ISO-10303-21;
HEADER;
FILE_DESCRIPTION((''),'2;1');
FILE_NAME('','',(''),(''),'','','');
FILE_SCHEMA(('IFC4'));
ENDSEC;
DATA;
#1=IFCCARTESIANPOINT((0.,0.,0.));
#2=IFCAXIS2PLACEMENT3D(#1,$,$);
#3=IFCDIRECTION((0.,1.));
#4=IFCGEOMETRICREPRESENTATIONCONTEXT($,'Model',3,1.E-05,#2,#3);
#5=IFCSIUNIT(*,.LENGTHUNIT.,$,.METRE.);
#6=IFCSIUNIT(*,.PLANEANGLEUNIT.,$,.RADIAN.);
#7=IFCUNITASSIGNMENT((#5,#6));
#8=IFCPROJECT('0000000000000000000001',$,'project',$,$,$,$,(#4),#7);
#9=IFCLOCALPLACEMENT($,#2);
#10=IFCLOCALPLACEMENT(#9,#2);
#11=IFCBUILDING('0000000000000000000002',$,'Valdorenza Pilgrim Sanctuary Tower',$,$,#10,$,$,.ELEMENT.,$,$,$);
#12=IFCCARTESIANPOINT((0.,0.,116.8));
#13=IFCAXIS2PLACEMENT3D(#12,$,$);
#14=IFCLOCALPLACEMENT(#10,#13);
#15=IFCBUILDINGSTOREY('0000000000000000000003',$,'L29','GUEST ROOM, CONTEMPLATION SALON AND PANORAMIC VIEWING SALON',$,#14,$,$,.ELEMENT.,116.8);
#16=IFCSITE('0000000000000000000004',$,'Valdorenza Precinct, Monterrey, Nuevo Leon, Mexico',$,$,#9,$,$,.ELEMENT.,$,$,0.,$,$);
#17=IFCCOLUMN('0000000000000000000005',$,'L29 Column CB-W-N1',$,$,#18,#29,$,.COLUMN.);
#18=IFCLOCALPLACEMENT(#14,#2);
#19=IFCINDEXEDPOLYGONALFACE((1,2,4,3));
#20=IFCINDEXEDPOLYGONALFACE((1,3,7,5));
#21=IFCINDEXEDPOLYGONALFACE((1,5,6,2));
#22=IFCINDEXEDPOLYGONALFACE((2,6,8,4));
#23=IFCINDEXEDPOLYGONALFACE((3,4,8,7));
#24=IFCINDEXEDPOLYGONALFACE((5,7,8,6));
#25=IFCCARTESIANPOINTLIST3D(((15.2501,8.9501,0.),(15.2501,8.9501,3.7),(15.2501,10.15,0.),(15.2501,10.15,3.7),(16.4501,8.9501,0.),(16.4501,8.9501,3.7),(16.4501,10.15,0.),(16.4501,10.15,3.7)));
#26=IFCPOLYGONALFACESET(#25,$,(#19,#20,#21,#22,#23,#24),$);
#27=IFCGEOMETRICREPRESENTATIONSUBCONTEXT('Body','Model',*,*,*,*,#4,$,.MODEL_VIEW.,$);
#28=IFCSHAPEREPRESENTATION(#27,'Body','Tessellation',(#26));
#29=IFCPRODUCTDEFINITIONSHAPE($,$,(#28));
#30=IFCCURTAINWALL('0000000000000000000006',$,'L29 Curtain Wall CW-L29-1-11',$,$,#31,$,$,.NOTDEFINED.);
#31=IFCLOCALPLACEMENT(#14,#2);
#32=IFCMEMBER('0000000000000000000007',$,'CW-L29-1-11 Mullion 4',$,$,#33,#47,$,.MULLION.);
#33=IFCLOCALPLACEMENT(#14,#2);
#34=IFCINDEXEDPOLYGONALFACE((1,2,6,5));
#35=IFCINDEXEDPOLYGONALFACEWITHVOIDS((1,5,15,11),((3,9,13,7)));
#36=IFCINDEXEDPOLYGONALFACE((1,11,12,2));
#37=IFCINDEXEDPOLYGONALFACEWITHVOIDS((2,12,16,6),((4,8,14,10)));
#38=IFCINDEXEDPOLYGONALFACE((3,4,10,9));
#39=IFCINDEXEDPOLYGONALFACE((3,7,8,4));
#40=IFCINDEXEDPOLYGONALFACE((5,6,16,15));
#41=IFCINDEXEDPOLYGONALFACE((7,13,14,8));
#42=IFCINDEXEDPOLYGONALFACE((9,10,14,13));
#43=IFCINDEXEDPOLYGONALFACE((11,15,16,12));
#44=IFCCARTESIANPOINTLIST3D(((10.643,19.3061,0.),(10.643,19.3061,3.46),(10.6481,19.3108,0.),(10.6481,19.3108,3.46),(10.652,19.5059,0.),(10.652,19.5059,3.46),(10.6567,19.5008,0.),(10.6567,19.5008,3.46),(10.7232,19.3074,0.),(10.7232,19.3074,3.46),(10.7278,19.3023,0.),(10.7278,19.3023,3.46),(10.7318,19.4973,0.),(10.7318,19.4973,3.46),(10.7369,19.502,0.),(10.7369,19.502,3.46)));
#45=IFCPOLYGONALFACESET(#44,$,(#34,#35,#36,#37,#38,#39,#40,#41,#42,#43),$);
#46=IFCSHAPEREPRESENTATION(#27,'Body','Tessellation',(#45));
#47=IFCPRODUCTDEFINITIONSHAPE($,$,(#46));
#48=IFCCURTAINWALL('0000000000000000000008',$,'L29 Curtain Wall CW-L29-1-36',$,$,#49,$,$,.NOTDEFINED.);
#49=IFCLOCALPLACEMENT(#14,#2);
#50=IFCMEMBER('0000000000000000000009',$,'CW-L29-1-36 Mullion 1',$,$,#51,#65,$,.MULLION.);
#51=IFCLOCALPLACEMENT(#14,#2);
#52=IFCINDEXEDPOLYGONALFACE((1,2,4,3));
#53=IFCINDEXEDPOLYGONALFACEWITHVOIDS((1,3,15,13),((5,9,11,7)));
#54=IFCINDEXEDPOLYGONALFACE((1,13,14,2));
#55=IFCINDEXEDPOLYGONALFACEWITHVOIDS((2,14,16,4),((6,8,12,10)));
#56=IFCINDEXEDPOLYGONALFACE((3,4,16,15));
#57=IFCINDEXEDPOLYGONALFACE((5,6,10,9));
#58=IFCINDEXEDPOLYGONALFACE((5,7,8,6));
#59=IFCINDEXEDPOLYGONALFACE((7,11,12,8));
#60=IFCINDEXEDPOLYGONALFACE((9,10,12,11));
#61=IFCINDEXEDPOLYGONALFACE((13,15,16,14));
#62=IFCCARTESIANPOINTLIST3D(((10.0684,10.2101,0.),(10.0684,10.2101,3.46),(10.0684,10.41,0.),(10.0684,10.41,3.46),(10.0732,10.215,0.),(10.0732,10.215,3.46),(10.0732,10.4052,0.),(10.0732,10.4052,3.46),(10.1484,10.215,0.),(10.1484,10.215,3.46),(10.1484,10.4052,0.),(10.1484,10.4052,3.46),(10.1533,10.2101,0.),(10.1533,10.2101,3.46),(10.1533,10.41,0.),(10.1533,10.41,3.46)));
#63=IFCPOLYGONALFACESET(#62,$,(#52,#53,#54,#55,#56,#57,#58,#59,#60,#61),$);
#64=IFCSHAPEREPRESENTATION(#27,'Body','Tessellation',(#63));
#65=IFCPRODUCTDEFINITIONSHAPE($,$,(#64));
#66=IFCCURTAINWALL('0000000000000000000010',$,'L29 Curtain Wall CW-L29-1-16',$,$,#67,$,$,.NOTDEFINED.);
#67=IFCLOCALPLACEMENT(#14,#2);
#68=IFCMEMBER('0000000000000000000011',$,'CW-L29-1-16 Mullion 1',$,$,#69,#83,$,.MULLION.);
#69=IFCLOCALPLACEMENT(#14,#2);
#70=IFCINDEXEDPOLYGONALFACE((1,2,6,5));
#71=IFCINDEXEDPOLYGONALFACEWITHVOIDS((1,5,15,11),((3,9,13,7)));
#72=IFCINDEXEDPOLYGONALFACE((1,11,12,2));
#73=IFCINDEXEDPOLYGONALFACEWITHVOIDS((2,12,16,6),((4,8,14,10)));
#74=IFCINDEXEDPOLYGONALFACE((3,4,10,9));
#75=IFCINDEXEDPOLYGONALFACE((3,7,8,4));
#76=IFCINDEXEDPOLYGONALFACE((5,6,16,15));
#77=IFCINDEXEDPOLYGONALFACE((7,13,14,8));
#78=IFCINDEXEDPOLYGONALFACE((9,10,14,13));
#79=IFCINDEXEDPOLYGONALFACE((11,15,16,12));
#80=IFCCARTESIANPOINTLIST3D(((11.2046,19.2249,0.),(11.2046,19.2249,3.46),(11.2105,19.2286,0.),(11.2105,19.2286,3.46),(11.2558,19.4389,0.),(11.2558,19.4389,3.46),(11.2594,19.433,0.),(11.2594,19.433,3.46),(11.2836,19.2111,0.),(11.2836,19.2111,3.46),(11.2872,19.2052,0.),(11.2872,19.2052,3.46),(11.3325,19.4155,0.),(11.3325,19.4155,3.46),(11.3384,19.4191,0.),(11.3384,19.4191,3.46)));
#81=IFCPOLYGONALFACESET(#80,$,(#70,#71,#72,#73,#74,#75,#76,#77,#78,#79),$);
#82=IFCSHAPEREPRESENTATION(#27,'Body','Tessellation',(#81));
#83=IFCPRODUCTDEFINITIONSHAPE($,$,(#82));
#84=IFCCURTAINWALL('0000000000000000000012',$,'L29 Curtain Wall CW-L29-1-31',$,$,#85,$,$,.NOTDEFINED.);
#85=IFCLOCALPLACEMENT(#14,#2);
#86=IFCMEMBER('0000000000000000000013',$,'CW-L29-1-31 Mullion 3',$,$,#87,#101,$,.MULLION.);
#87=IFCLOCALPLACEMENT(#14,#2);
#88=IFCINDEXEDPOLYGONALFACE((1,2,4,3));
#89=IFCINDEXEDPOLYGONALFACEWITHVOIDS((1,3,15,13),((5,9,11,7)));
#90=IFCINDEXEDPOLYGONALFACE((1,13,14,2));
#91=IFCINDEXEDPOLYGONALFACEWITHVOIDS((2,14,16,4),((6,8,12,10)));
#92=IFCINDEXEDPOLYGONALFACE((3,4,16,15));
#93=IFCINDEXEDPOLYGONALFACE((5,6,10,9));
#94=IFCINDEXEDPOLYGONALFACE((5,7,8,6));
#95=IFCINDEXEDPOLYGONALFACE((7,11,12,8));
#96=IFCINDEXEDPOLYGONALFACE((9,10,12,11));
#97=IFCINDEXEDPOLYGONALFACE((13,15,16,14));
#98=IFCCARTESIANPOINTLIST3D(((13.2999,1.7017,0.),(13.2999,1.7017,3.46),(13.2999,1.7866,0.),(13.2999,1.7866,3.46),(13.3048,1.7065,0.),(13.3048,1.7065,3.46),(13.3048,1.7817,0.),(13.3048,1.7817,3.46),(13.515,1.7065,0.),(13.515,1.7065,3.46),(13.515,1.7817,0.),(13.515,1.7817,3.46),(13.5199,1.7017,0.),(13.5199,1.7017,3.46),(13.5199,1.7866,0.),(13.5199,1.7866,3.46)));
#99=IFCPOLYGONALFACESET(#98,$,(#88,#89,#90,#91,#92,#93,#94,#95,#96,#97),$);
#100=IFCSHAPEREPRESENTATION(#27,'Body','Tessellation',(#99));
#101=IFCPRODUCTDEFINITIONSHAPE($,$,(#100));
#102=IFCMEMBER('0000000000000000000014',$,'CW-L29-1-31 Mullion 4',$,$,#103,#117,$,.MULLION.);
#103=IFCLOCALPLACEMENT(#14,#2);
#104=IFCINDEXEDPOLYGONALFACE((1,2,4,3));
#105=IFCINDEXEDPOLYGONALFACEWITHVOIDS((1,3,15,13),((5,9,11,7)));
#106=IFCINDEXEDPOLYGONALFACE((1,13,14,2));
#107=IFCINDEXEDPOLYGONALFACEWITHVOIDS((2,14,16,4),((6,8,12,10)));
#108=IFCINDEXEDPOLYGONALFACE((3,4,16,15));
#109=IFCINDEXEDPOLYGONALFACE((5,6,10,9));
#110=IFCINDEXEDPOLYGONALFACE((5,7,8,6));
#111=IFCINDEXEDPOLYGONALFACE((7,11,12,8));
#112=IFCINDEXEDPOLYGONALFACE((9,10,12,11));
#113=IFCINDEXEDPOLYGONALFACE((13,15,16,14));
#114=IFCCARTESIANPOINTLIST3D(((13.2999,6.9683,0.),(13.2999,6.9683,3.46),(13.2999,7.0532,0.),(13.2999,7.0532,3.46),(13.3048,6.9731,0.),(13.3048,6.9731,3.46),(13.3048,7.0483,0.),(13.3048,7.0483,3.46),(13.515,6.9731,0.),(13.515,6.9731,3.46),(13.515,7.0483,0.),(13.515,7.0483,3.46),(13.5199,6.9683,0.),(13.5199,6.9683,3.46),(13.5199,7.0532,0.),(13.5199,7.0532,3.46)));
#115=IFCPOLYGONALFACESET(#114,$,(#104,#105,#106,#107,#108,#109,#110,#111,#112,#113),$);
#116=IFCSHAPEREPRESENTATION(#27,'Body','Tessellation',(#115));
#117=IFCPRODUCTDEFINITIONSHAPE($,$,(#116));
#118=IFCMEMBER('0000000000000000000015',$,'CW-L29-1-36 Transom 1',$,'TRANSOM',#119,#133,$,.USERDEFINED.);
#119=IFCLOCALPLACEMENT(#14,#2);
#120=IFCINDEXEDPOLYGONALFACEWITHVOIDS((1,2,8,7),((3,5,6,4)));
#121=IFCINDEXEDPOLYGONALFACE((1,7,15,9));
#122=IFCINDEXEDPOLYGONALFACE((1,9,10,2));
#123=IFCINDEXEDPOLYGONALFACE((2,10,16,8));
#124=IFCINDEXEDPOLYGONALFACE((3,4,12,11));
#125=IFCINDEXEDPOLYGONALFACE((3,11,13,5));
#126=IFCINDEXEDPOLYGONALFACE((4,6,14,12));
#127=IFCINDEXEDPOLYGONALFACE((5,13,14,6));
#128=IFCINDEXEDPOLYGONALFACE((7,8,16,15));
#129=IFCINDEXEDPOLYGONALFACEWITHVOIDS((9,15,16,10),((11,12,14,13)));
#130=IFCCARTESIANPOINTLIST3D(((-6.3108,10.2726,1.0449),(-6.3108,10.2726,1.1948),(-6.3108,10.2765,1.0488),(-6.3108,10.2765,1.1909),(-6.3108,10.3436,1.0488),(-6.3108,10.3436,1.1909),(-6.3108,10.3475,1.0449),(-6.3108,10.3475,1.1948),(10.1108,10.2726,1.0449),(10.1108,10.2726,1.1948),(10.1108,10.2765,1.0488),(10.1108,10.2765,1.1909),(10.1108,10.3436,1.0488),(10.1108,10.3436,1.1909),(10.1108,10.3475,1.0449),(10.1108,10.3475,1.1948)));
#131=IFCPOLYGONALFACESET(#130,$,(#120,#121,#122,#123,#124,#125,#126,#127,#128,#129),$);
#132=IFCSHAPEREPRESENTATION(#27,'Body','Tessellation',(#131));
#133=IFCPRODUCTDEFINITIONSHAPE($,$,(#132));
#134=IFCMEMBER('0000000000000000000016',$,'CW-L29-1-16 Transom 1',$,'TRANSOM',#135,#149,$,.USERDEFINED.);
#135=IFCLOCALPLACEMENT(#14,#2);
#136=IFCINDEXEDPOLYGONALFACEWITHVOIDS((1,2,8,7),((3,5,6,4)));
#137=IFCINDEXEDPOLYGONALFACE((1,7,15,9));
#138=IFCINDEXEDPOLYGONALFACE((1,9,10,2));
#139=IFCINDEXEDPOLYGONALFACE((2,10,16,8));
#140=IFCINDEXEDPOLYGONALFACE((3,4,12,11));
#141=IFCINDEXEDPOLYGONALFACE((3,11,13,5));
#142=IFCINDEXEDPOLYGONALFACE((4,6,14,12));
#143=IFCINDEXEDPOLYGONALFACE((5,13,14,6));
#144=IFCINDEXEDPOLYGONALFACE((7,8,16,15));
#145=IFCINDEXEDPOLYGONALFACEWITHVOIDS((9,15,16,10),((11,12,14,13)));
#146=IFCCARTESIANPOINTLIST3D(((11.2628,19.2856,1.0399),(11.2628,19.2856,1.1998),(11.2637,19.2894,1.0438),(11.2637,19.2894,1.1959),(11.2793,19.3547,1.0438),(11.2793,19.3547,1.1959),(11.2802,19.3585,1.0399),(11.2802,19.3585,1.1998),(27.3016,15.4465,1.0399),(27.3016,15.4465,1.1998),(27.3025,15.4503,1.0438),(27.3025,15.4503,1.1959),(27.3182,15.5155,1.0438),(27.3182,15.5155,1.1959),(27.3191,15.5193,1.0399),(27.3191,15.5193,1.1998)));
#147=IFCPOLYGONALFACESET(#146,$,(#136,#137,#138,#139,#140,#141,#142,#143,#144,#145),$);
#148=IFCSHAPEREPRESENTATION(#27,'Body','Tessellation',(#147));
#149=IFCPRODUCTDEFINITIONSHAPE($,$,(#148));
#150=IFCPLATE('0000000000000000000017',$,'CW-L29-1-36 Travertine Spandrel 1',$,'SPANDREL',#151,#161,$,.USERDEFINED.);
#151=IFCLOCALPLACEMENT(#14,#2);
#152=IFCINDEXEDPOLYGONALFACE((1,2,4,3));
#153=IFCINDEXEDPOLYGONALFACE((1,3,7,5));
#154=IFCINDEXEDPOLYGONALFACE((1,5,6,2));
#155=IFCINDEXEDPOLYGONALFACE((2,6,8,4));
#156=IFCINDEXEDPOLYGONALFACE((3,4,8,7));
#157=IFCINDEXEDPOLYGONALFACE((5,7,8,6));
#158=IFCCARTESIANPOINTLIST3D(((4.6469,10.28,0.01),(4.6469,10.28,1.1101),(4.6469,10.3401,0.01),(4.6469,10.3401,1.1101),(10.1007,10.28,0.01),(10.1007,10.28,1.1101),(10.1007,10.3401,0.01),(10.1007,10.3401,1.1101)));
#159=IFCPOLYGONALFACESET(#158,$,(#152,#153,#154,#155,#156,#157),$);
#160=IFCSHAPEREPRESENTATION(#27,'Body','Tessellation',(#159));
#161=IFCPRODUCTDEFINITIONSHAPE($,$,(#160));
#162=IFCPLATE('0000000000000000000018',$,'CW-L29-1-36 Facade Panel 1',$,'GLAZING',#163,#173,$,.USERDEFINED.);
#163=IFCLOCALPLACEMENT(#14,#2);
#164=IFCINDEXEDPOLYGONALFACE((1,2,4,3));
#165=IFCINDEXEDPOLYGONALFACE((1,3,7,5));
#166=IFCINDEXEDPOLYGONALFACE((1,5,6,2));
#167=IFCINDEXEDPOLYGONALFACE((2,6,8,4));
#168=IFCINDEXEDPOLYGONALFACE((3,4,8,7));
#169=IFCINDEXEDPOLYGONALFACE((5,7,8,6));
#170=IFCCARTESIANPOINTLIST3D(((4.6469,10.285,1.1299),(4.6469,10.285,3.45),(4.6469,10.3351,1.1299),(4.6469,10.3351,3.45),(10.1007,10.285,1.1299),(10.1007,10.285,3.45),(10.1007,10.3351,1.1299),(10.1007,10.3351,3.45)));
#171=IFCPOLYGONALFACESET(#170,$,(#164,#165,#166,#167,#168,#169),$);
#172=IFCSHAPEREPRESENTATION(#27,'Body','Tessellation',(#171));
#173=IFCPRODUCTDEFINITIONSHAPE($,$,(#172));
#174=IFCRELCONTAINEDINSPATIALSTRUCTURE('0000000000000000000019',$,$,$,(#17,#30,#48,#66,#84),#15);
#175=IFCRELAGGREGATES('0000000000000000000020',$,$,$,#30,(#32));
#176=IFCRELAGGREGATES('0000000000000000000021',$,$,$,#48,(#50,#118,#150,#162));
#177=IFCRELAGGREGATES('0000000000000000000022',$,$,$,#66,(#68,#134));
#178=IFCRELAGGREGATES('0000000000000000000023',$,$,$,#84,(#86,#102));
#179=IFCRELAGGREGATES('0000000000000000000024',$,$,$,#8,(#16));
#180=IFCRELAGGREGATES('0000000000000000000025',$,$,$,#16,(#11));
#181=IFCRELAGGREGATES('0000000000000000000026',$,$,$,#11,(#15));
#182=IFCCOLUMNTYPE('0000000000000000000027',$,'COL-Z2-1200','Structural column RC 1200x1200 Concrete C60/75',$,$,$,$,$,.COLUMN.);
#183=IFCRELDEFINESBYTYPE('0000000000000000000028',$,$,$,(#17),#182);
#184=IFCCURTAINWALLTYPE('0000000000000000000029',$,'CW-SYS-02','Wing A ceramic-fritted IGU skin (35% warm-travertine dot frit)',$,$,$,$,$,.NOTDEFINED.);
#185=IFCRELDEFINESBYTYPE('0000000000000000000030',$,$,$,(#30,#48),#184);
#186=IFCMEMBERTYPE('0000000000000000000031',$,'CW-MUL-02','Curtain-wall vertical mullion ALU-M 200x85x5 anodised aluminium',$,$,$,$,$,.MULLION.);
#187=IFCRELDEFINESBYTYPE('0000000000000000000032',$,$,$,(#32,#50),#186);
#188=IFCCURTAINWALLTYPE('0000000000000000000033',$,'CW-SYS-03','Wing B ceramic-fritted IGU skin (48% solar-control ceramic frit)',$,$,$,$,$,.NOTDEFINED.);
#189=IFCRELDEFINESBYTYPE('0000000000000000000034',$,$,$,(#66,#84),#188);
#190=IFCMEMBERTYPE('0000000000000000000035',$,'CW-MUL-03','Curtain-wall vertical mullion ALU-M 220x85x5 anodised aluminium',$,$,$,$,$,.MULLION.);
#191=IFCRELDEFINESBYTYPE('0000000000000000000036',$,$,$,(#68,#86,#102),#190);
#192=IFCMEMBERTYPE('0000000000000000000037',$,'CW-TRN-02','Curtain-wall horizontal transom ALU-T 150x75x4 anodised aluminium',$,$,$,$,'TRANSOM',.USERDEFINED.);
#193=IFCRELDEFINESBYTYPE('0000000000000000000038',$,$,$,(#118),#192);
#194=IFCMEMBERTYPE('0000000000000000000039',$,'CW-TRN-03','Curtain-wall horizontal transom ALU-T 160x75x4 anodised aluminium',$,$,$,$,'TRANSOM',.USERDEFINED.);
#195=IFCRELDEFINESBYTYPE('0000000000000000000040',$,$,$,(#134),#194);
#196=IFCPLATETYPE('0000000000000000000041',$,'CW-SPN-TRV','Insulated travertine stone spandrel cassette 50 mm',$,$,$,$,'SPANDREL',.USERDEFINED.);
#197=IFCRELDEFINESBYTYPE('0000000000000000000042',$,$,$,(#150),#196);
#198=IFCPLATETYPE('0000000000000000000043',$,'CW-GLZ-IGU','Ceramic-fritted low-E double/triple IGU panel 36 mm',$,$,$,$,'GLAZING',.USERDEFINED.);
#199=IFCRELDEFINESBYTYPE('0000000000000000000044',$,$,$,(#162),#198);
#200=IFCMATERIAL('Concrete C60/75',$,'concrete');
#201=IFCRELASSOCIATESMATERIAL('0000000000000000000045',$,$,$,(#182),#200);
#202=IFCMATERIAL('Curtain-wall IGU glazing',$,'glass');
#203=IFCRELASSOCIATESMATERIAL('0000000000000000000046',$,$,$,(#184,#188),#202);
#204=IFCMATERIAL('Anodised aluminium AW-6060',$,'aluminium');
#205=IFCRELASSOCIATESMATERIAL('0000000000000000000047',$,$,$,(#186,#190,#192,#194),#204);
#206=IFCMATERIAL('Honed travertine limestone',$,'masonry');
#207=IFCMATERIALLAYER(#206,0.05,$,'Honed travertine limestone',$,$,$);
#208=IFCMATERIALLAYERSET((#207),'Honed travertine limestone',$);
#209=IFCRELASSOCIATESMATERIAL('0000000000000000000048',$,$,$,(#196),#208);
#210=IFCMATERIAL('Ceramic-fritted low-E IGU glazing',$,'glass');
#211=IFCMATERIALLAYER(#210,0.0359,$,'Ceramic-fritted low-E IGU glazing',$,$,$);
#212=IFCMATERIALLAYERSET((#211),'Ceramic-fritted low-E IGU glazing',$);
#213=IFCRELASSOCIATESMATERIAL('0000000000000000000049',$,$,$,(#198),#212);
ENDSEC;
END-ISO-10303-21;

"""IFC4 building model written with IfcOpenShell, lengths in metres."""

from ifc_helpers import new_model, si_unit, direction, frame, origin, origin_2d, place, context, subcontext, project, spatial, rectangle, hollow_rectangle, extrude, source, transform, mapped, material, layer, layer_set, material_profile, profile_set, type_object, element, aggregate, save


model = new_model("IFC4")

# Units and contexts
model_context = context("Model", 3, precision=1e-05, world=origin(), true_north=direction((0.0, 1.0)))
body_context = subcontext(model_context, "Body", "Model", "MODEL_VIEW")
ifc_project = project(units=[si_unit("LENGTHUNIT", "METRE"), si_unit("PLANEANGLEUNIT", "RADIAN")], contexts=[model_context])

# Site, building, storey
site_placement = place(None, origin())
site = spatial("IfcSite", under=ifc_project, at=site_placement, Name="Valdorenza Precinct, Monterrey, Nuevo Leon, Mexico", CompositionType="ELEMENT", RefElevation=0.0)
building_placement = place(site_placement, origin())
building = spatial("IfcBuilding", under=site, at=building_placement, Name="Valdorenza Pilgrim Sanctuary Tower", CompositionType="ELEMENT")
storey_placement = place(building_placement, frame((0.0, 0.0, 116.8)))
storey = spatial("IfcBuildingStorey", under=building, at=storey_placement, Name="L29", Description="GUEST ROOM, CONTEMPLATION SALON AND PANORAMIC VIEWING SALON", CompositionType="ELEMENT", Elevation=116.8)

# Column
ifc_material_1 = material(Name="Concrete C60/75", Category="concrete")
ifc_material_profile_1 = material_profile(ifc_material_1, rectangle(XDim=1.2, YDim=1.2, at=origin_2d()), Name="RC 1200x1200")
ifc_profile_set_1 = profile_set([ifc_material_profile_1], Name="Concrete C60/75")
column_type = type_object("IfcColumnType", Name="COL-Z2-1200", Description="Structural column RC 1200x1200 Concrete C60/75", PredefinedType="COLUMN", material=ifc_profile_set_1)
shared_shape_1 = source(origin(), body_context, "Body", "SweptSolid", [
    extrude(rectangle(XDim=1.2, YDim=1.2, at=origin_2d()), origin(), (0.0, 0.0, 1.0), 3.7),
])
column_placement = place(storey_placement, frame((15.8501, 9.55, 0.0), z_axis=(0.0, 0.0, 1.0), x_axis=(1.0, 0.0, 0.0)))
element("IfcColumn", 1, at=column_placement, inside=storey, type_object=column_type, Name="L29 Column CB-W-N1", PredefinedType="COLUMN", context=body_context, shape_type="MappedRepresentation", body=[
    mapped(shared_shape_1, transform((0.0, 0.0, 0.0), x_axis=(1.0, 0.0, 0.0), y_axis=(0.0, 1.0, 0.0), z_axis=(0.0, 0.0, 1.0), scale=1.0)),
])

# Curtain walls, members
ifc_material_2 = material(Name="Curtain-wall IGU glazing", Category="glass")
curtain_wall_type_1 = type_object("IfcCurtainWallType", Name="CW-SYS-02", Description="Wing A ceramic-fritted IGU skin (35% warm-travertine dot frit)", PredefinedType="NOTDEFINED", material=ifc_material_2)
curtain_wall_1_placement = place(storey_placement, origin())
curtain_wall_1 = element("IfcCurtainWall", 2, at=curtain_wall_1_placement, inside=storey, type_object=curtain_wall_type_1, Name="L29 Curtain Wall CW-L29-1-11", PredefinedType="NOTDEFINED")
ifc_material_3 = material(Name="Anodised aluminium AW-6060", Category="aluminium")
ifc_material_profile_2 = material_profile(ifc_material_3, hollow_rectangle(XDim=0.085, YDim=0.2, WallThickness=0.0049, at=origin_2d()), Name="ALU-M 200x85x5")
ifc_profile_set_2 = profile_set([ifc_material_profile_2], Name="Anodised aluminium AW-6060")
member_type_1 = type_object("IfcMemberType", Name="CW-MUL-02", Description="Curtain-wall vertical mullion ALU-M 200x85x5 anodised aluminium", PredefinedType="MULLION", material=ifc_profile_set_2)
shared_shape_2 = source(origin(), body_context, "Body", "SweptSolid", [
    extrude(hollow_rectangle(XDim=0.085, YDim=0.2, WallThickness=0.0049, at=origin_2d()), origin(), (0.0, 0.0, 1.0), 3.46),
])
member_1_placement = place(storey_placement, frame((10.6899, 19.4041, 0.0), z_axis=(0.0, 0.0, 1.0), x_axis=(0.998968, -0.045415, 0.0)))
member_1 = element("IfcMember", 3, at=member_1_placement, type_object=member_type_1, Name="CW-L29-1-11 Mullion 4", PredefinedType="MULLION", context=body_context, shape_type="MappedRepresentation", body=[
    mapped(shared_shape_2, transform((0.0, 0.0, 0.0), x_axis=(1.0, 0.0, 0.0), y_axis=(0.0, 1.0, 0.0), z_axis=(0.0, 0.0, 1.0), scale=1.0)),
])
aggregate(curtain_wall_1, [member_1])
curtain_wall_2_placement = place(storey_placement, origin())
curtain_wall_2 = element("IfcCurtainWall", 4, at=curtain_wall_2_placement, inside=storey, type_object=curtain_wall_type_1, Name="L29 Curtain Wall CW-L29-1-36", PredefinedType="NOTDEFINED")
member_2_placement = place(storey_placement, frame((10.1108, 10.3101, 0.0), z_axis=(0.0, 0.0, 1.0), x_axis=(-1.0, 0.0, 0.0)))
member_2 = element("IfcMember", 5, at=member_2_placement, type_object=member_type_1, Name="CW-L29-1-36 Mullion 1", PredefinedType="MULLION", context=body_context, shape_type="MappedRepresentation", body=[
    mapped(shared_shape_2, transform((0.0, 0.0, 0.0), x_axis=(1.0, 0.0, 0.0), y_axis=(0.0, 1.0, 0.0), z_axis=(0.0, 0.0, 1.0), scale=1.0)),
])
curtain_wall_type_2 = type_object("IfcCurtainWallType", Name="CW-SYS-03", Description="Wing B ceramic-fritted IGU skin (48% solar-control ceramic frit)", PredefinedType="NOTDEFINED", material=ifc_material_2)
curtain_wall_3_placement = place(storey_placement, origin())
curtain_wall_3 = element("IfcCurtainWall", 6, at=curtain_wall_3_placement, inside=storey, type_object=curtain_wall_type_2, Name="L29 Curtain Wall CW-L29-1-16", PredefinedType="NOTDEFINED")
ifc_material_profile_3 = material_profile(ifc_material_3, hollow_rectangle(XDim=0.085, YDim=0.22, WallThickness=0.0049, at=origin_2d()), Name="ALU-M 220x85x5")
ifc_profile_set_3 = profile_set([ifc_material_profile_3], Name="Anodised aluminium AW-6060")
member_type_2 = type_object("IfcMemberType", Name="CW-MUL-03", Description="Curtain-wall vertical mullion ALU-M 220x85x5 anodised aluminium", PredefinedType="MULLION", material=ifc_profile_set_3)
shared_shape_3 = source(origin(), body_context, "Body", "SweptSolid", [
    extrude(hollow_rectangle(XDim=0.085, YDim=0.22, WallThickness=0.0049, at=origin_2d()), origin(), (0.0, 0.0, 1.0), 3.46),
])
member_3_placement = place(storey_placement, frame((11.2715, 19.322, 0.0), z_axis=(0.0, 0.0, 1.0), x_axis=(0.972529, -0.232783, 0.0)))
member_3 = element("IfcMember", 7, at=member_3_placement, type_object=member_type_2, Name="CW-L29-1-16 Mullion 1", PredefinedType="MULLION", context=body_context, shape_type="MappedRepresentation", body=[
    mapped(shared_shape_3, transform((0.0, 0.0, 0.0), x_axis=(1.0, 0.0, 0.0), y_axis=(0.0, 1.0, 0.0), z_axis=(0.0, 0.0, 1.0), scale=1.0)),
])

# Curtain wall, members
curtain_wall_4_placement = place(storey_placement, origin())
curtain_wall_4 = element("IfcCurtainWall", 8, at=curtain_wall_4_placement, inside=storey, type_object=curtain_wall_type_2, Name="L29 Curtain Wall CW-L29-1-31", PredefinedType="NOTDEFINED")
member_4_placement = place(storey_placement, frame((13.4099, 1.7441, 0.0), z_axis=(0.0, 0.0, 1.0), x_axis=(0.0, 1.0, 0.0)))
member_4 = element("IfcMember", 9, at=member_4_placement, type_object=member_type_2, Name="CW-L29-1-31 Mullion 3", PredefinedType="MULLION", context=body_context, shape_type="MappedRepresentation", body=[
    mapped(shared_shape_3, transform((0.0, 0.0, 0.0), x_axis=(1.0, 0.0, 0.0), y_axis=(0.0, 1.0, 0.0), z_axis=(0.0, 0.0, 1.0), scale=1.0)),
])
member_5_placement = place(storey_placement, frame((13.4099, 7.0107, 0.0), z_axis=(0.0, 0.0, 1.0), x_axis=(0.0, 1.0, 0.0)))
member_5 = element("IfcMember", 10, at=member_5_placement, type_object=member_type_2, Name="CW-L29-1-31 Mullion 4", PredefinedType="MULLION", context=body_context, shape_type="MappedRepresentation", body=[
    mapped(shared_shape_3, transform((0.0, 0.0, 0.0), x_axis=(1.0, 0.0, 0.0), y_axis=(0.0, 1.0, 0.0), z_axis=(0.0, 0.0, 1.0), scale=1.0)),
])

# Members
ifc_material_profile_4 = material_profile(ifc_material_3, hollow_rectangle(XDim=0.075, YDim=0.1499, WallThickness=0.0039, at=origin_2d()), Name="ALU-T 150x75x4")
ifc_profile_set_4 = profile_set([ifc_material_profile_4], Name="Anodised aluminium AW-6060")
member_type_3 = type_object("IfcMemberType", Name="CW-TRN-02", Description="Curtain-wall horizontal transom ALU-T 150x75x4 anodised aluminium", ElementType="TRANSOM", PredefinedType="USERDEFINED", material=ifc_profile_set_4)
shared_shape_4 = source(origin(), body_context, "Body", "SweptSolid", [
    extrude(hollow_rectangle(XDim=0.075, YDim=0.1499, WallThickness=0.0039, at=origin_2d()), origin(), (0.0, 0.0, 1.0), 16.4216),
])
member_6_placement = place(storey_placement, frame((10.1108, 10.3101, 1.1199), z_axis=(-1.0, 0.0, 0.0), x_axis=(0.0, -1.0, 0.0)))
member_6 = element("IfcMember", 11, at=member_6_placement, type_object=member_type_3, Name="CW-L29-1-36 Transom 1", ObjectType="TRANSOM", PredefinedType="USERDEFINED", context=body_context, shape_type="MappedRepresentation", body=[
    mapped(shared_shape_4, transform((0.0, 0.0, 0.0), x_axis=(1.0, 0.0, 0.0), y_axis=(0.0, 1.0, 0.0), z_axis=(0.0, 0.0, 1.0), scale=1.0)),
])
ifc_material_profile_5 = material_profile(ifc_material_3, hollow_rectangle(XDim=0.075, YDim=0.1599, WallThickness=0.0039, at=origin_2d()), Name="ALU-T 160x75x4")
ifc_profile_set_5 = profile_set([ifc_material_profile_5], Name="Anodised aluminium AW-6060")
member_type_4 = type_object("IfcMemberType", Name="CW-TRN-03", Description="Curtain-wall horizontal transom ALU-T 160x75x4 anodised aluminium", ElementType="TRANSOM", PredefinedType="USERDEFINED", material=ifc_profile_set_5)
shared_shape_5 = source(origin(), body_context, "Body", "SweptSolid", [
    extrude(hollow_rectangle(XDim=0.075, YDim=0.1599, WallThickness=0.0039, at=origin_2d()), origin(), (0.0, 0.0, 1.0), 16.4919),
])
member_7_placement = place(storey_placement, frame((11.2715, 19.322, 1.1199), z_axis=(0.972528, -0.232788, 0.0), x_axis=(0.232788, 0.972528, 0.0)))
member_7 = element("IfcMember", 12, at=member_7_placement, type_object=member_type_4, Name="CW-L29-1-16 Transom 1", ObjectType="TRANSOM", PredefinedType="USERDEFINED", context=body_context, shape_type="MappedRepresentation", body=[
    mapped(shared_shape_5, transform((0.0, 0.0, 0.0), x_axis=(1.0, 0.0, 0.0), y_axis=(0.0, 1.0, 0.0), z_axis=(0.0, 0.0, 1.0), scale=1.0)),
])

# Plates
ifc_material_4 = material(Name="Honed travertine limestone", Category="masonry")
ifc_layer_1 = layer(ifc_material_4, 0.05, Name="Honed travertine limestone")
ifc_layer_set_1 = layer_set([ifc_layer_1], Name="Honed travertine limestone")
plate_type_1 = type_object("IfcPlateType", Name="CW-SPN-TRV", Description="Insulated travertine stone spandrel cassette 50 mm", ElementType="SPANDREL", PredefinedType="USERDEFINED", material=ifc_layer_set_1)
shared_shape_6 = source(origin(), body_context, "Body", "SweptSolid", [
    extrude(rectangle(XDim=5.4539, YDim=0.0601, at=origin_2d()), origin(), (0.0, 0.0, 1.0), 1.1001),
])
plate_1_placement = place(storey_placement, frame((7.3738, 10.3101, 0.01), z_axis=(0.0, 0.0, 1.0), x_axis=(-1.0, 0.0, 0.0)))
plate_1 = element("IfcPlate", 13, at=plate_1_placement, type_object=plate_type_1, Name="CW-L29-1-36 Travertine Spandrel 1", ObjectType="SPANDREL", PredefinedType="USERDEFINED", context=body_context, shape_type="MappedRepresentation", body=[
    mapped(shared_shape_6, transform((0.0, 0.0, 0.0), x_axis=(1.0, 0.0, 0.0), y_axis=(0.0, 1.0, 0.0), z_axis=(0.0, 0.0, 1.0), scale=1.0)),
])
ifc_material_5 = material(Name="Ceramic-fritted low-E IGU glazing", Category="glass")
ifc_layer_2 = layer(ifc_material_5, 0.0359, Name="Ceramic-fritted low-E IGU glazing")
ifc_layer_set_2 = layer_set([ifc_layer_2], Name="Ceramic-fritted low-E IGU glazing")
plate_type_2 = type_object("IfcPlateType", Name="CW-GLZ-IGU", Description="Ceramic-fritted low-E double/triple IGU panel 36 mm", ElementType="GLAZING", PredefinedType="USERDEFINED", material=ifc_layer_set_2)
shared_shape_7 = source(origin(), body_context, "Body", "SweptSolid", [
    extrude(rectangle(XDim=5.4539, YDim=0.05, at=origin_2d()), origin(), (0.0, 0.0, 1.0), 2.3201),
])
plate_2_placement = place(storey_placement, frame((7.3738, 10.3101, 1.1299), z_axis=(0.0, 0.0, 1.0), x_axis=(-1.0, 0.0, 0.0)))
plate_2 = element("IfcPlate", 14, at=plate_2_placement, type_object=plate_type_2, Name="CW-L29-1-36 Facade Panel 1", ObjectType="GLAZING", PredefinedType="USERDEFINED", context=body_context, shape_type="MappedRepresentation", body=[
    mapped(shared_shape_7, transform((0.0, 0.0, 0.0), x_axis=(1.0, 0.0, 0.0), y_axis=(0.0, 1.0, 0.0), z_axis=(0.0, 0.0, 1.0), scale=1.0)),
])
aggregate(curtain_wall_2, [member_2, member_6, plate_1, plate_2])
aggregate(curtain_wall_3, [member_3, member_7])
aggregate(curtain_wall_4, [member_4, member_5])

save(model, "model.ifc")
